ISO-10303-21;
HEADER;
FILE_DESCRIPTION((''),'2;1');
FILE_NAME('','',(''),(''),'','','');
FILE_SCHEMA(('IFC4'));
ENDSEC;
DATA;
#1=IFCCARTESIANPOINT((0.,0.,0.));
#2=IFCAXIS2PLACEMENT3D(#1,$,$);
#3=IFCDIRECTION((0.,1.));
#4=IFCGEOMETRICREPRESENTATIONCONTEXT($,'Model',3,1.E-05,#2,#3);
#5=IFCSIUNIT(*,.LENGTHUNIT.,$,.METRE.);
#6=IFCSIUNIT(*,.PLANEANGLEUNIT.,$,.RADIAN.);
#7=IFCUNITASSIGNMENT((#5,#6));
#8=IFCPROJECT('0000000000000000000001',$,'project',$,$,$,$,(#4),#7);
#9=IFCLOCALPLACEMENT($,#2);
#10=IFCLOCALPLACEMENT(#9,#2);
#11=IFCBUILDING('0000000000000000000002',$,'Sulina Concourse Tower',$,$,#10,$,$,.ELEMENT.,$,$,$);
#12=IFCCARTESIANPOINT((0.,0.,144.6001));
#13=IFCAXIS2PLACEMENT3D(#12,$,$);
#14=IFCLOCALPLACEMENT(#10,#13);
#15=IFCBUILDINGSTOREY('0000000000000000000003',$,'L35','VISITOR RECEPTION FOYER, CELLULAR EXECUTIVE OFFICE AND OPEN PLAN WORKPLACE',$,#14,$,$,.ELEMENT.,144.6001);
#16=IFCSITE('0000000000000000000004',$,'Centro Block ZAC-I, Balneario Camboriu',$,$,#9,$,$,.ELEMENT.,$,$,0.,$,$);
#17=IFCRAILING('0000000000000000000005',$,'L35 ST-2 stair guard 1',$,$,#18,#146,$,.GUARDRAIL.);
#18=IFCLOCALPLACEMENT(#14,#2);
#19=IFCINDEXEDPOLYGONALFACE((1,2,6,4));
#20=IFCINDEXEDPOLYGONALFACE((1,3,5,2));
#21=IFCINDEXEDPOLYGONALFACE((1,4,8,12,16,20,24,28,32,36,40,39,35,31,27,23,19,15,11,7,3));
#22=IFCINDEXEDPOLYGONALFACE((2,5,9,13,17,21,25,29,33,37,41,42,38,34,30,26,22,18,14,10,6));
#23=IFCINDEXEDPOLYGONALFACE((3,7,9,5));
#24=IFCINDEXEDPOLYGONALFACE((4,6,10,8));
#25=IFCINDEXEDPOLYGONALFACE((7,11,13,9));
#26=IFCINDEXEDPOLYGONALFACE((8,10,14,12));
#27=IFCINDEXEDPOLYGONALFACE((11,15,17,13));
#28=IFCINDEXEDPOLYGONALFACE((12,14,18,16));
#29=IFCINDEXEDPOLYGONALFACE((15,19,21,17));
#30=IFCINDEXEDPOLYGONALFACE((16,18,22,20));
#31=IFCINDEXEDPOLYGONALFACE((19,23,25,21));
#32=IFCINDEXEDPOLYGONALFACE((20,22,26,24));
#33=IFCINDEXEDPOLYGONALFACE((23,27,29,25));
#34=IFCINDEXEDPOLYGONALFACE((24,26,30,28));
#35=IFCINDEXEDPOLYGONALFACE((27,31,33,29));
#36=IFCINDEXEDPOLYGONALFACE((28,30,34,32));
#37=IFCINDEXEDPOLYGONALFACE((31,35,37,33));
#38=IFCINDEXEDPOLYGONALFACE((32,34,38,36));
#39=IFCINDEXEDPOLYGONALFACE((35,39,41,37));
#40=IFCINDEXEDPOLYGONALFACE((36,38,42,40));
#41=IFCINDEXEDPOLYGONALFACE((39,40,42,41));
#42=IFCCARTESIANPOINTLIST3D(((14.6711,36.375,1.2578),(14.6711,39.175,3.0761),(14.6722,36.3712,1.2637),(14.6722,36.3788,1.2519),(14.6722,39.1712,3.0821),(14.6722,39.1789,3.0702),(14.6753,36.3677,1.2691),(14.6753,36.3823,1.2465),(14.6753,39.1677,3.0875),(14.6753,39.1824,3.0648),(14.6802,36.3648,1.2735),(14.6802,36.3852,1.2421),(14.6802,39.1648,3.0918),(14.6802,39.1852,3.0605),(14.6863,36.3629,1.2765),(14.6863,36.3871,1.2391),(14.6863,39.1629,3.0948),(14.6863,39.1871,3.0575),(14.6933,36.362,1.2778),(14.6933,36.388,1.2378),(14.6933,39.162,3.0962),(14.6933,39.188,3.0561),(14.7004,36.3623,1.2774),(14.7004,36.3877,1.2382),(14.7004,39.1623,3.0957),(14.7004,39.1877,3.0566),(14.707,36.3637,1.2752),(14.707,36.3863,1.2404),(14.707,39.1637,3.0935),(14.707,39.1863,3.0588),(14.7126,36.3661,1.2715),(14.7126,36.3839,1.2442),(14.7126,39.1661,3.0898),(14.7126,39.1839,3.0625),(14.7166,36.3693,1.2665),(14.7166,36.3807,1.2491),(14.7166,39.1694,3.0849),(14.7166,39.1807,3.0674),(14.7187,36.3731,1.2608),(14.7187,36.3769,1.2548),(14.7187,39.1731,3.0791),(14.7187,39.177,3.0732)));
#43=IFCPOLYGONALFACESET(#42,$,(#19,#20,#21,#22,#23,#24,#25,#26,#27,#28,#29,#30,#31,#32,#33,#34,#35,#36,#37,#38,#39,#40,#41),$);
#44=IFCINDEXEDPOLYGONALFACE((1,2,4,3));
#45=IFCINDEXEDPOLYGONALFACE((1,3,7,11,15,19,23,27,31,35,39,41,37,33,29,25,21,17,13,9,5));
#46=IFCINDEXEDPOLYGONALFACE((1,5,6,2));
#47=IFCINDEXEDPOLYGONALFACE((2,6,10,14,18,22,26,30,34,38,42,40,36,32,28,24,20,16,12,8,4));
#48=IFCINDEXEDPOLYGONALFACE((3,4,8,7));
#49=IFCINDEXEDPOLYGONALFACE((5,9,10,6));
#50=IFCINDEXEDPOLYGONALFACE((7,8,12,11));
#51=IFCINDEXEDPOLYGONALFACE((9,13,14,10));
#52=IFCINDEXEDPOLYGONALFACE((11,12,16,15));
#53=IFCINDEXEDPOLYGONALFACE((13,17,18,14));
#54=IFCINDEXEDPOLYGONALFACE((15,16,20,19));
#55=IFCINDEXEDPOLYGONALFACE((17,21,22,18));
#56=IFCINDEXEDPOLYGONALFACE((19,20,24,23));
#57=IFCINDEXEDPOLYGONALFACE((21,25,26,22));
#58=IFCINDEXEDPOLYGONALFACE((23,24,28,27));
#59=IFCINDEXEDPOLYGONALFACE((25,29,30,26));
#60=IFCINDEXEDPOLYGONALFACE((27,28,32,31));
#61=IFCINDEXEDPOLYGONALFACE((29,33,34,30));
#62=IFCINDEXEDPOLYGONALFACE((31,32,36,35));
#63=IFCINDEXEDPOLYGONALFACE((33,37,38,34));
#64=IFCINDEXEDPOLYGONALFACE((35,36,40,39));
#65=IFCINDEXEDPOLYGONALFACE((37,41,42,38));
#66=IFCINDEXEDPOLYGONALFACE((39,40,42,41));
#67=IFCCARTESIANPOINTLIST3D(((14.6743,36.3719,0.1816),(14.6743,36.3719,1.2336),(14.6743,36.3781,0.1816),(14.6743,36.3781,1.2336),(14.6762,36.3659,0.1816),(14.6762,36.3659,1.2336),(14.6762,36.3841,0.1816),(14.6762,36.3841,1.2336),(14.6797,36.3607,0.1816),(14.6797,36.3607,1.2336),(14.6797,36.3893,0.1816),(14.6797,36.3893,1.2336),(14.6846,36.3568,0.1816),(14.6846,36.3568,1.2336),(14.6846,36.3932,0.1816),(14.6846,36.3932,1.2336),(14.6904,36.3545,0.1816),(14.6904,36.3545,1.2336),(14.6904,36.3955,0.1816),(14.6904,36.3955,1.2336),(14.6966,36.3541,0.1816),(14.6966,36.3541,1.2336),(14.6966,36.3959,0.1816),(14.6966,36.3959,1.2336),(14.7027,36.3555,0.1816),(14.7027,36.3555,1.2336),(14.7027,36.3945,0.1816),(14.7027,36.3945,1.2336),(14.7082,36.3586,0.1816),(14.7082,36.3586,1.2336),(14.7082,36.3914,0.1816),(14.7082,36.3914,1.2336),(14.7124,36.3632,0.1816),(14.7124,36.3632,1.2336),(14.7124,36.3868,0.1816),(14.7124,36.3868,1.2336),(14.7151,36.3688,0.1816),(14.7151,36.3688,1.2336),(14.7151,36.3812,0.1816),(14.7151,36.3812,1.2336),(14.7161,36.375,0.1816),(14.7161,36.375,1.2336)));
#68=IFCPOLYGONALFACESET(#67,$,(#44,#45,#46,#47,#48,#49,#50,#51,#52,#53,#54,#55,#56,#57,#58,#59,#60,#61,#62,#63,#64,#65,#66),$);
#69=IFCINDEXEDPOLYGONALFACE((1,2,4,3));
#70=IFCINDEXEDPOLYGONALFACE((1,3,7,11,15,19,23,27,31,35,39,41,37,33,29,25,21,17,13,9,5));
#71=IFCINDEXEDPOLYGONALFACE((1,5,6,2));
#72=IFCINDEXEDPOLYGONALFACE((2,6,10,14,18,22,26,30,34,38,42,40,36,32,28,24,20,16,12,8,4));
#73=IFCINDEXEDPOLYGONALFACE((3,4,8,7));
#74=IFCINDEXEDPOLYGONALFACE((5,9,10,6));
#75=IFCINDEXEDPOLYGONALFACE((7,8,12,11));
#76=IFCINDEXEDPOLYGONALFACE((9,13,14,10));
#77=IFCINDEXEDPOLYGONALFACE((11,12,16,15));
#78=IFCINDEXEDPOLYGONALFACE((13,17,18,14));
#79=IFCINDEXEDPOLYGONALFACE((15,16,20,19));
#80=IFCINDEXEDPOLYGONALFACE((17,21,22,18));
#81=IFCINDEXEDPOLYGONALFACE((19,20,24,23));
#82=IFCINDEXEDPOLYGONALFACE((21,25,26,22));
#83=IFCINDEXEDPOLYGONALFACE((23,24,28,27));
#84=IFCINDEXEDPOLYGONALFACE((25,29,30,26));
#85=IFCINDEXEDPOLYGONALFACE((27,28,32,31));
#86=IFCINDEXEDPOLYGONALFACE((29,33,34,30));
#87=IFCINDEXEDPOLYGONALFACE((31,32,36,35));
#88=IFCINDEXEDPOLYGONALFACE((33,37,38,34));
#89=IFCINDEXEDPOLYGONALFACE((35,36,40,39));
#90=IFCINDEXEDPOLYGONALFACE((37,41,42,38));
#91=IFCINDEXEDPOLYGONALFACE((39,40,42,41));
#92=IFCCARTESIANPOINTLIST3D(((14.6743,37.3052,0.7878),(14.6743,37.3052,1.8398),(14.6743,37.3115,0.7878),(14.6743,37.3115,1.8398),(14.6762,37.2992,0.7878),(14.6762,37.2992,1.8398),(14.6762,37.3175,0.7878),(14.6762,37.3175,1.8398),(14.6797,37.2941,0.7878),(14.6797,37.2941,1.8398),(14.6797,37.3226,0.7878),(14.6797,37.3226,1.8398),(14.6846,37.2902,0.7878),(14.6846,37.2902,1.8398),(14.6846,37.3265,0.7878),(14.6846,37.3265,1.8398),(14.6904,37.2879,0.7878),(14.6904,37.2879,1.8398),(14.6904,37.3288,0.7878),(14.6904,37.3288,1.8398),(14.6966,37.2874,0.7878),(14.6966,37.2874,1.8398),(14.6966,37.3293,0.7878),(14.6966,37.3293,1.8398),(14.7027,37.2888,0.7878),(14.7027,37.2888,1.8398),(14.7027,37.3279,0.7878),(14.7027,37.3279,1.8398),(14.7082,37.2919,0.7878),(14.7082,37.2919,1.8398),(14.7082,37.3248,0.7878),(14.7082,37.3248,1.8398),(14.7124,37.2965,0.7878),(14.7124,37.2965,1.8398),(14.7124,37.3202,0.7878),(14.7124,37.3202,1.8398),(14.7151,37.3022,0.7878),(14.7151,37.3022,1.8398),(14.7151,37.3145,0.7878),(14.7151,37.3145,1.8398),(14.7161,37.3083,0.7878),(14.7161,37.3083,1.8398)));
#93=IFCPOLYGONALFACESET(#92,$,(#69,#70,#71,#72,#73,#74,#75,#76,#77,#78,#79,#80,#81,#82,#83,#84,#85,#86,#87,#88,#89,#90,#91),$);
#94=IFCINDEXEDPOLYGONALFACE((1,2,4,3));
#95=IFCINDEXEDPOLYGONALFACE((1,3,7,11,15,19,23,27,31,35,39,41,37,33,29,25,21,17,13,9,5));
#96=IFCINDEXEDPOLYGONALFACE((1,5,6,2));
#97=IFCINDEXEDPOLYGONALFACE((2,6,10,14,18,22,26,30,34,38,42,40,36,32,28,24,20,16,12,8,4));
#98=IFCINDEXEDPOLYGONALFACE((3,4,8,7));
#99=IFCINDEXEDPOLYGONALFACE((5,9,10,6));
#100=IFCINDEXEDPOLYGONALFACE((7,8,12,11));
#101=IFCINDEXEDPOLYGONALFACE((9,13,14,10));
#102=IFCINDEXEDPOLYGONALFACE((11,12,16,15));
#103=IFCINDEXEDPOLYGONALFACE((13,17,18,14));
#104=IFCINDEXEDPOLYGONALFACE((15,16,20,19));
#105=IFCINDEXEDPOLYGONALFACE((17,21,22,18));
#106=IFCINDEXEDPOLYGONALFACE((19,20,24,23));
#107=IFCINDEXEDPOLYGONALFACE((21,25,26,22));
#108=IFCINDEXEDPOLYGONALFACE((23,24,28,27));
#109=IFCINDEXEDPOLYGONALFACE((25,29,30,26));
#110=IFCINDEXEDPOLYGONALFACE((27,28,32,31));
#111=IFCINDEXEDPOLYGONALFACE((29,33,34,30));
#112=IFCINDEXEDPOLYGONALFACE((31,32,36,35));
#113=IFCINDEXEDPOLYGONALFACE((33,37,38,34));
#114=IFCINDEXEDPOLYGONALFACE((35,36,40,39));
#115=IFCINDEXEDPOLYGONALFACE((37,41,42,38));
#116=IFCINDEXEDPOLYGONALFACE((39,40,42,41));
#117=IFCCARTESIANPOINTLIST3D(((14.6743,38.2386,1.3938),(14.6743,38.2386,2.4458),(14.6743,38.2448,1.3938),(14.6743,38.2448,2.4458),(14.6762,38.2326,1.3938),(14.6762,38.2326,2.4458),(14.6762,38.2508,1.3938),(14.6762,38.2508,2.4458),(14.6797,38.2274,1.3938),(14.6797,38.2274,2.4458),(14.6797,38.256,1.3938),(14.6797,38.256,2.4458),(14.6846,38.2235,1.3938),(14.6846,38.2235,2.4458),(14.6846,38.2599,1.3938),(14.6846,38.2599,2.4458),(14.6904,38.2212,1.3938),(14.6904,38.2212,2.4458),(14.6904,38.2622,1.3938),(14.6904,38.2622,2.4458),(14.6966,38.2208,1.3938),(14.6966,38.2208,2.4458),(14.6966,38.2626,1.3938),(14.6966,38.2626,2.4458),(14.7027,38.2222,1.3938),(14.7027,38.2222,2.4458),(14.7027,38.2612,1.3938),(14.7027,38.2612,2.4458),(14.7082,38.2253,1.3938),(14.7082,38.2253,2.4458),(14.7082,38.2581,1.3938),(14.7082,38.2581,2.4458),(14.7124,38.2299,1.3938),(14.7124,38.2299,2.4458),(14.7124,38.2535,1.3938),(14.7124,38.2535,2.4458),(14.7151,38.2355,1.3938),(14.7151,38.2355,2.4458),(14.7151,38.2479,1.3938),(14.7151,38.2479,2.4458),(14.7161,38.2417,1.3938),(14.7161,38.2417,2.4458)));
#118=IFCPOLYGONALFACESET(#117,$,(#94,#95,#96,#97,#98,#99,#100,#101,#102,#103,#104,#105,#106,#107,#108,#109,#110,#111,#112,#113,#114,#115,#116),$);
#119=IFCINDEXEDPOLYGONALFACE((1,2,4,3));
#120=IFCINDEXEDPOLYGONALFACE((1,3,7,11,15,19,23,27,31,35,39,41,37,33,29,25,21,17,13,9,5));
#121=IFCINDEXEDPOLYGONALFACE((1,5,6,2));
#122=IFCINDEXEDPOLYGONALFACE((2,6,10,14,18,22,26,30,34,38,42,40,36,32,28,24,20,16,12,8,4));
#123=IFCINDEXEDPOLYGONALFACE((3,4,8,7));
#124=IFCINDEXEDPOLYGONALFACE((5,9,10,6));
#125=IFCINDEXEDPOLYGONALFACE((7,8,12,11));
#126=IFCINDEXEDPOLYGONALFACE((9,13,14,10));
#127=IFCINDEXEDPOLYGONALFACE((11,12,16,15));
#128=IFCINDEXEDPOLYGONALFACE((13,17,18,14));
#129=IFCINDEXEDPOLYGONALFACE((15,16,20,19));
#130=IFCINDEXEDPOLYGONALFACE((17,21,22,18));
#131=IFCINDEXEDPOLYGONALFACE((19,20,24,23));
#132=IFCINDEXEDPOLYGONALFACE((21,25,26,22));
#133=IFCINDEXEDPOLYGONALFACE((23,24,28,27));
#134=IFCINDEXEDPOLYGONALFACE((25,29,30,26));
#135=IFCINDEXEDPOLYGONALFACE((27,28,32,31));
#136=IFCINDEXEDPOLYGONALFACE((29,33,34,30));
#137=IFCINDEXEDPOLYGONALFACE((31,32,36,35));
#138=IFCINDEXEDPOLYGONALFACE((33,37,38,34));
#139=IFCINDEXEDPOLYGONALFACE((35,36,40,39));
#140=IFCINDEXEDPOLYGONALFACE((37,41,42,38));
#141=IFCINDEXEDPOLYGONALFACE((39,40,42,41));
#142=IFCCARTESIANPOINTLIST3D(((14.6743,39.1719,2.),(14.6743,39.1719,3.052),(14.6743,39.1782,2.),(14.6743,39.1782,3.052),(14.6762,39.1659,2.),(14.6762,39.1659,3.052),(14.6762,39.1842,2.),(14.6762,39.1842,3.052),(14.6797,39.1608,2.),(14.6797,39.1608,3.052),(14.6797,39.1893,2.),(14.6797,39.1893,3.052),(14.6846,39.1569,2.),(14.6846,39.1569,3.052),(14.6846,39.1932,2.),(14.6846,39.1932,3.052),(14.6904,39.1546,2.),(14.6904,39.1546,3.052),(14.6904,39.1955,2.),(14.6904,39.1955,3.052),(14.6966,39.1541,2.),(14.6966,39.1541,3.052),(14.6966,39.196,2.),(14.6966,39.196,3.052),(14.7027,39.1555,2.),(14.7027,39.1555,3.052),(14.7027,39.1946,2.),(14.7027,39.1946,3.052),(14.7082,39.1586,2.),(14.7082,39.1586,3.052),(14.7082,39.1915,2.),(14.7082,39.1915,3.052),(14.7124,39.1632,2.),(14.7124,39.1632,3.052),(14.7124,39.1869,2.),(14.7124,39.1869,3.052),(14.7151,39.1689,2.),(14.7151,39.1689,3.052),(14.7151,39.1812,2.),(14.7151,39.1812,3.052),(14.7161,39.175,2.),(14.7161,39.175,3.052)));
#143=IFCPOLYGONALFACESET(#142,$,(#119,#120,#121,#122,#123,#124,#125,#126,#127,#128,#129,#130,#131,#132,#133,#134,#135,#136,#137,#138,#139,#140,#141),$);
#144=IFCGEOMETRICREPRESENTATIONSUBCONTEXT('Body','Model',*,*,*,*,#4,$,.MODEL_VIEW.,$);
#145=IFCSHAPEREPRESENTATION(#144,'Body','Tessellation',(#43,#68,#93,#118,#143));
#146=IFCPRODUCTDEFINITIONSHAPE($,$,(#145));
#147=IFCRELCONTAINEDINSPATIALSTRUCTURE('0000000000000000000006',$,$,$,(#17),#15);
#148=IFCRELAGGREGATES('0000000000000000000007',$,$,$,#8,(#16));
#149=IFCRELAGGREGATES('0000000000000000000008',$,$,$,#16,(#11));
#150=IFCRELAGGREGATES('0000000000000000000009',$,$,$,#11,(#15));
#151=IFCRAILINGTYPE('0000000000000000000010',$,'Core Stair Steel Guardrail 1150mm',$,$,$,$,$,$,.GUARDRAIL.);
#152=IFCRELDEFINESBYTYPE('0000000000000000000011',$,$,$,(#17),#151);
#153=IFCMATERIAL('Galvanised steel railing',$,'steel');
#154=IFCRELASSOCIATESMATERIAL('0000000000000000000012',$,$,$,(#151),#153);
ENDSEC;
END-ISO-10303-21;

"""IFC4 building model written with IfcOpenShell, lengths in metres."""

from ifc_helpers import new_model, si_unit, direction, frame, origin, origin_2d, place, context, subcontext, project, spatial, circle, extrude, material, type_object, element, save


model = new_model("IFC4")

# Units and contexts
model_context = context("Model", 3, precision=1e-05, world=origin(), true_north=direction((0.0, 1.0)))
body_context = subcontext(model_context, "Body", "Model", "MODEL_VIEW")
ifc_project = project(units=[si_unit("LENGTHUNIT", "METRE"), si_unit("PLANEANGLEUNIT", "RADIAN")], contexts=[model_context])

# Site, building, storey
site_placement = place(None, origin())
site = spatial("IfcSite", under=ifc_project, at=site_placement, Name="Centro Block ZAC-I, Balneario Camboriu", CompositionType="ELEMENT", RefElevation=0.0)
building_placement = place(site_placement, origin())
building = spatial("IfcBuilding", under=site, at=building_placement, Name="Sulina Concourse Tower", CompositionType="ELEMENT")
storey_placement = place(building_placement, frame((0.0, 0.0, 144.6001)))
storey = spatial("IfcBuildingStorey", under=building, at=storey_placement, Name="L35", Description="VISITOR RECEPTION FOYER, CELLULAR EXECUTIVE OFFICE AND OPEN PLAN WORKPLACE", CompositionType="ELEMENT", Elevation=144.6001)

# Railing
ifc_material_1 = material(Name="Galvanised steel railing", Category="steel")
railing_type_1 = type_object("IfcRailingType", Name="Core Stair Steel Guardrail 1150mm", PredefinedType="GUARDRAIL", material=ifc_material_1)
railing_1_placement = place(storey_placement, frame((14.6951, 36.375, 0.1816)))
element("IfcRailing", 1, at=railing_1_placement, inside=storey, type_object=railing_type_1, Name="L35 ST-2 stair guard 1", PredefinedType="GUARDRAIL", context=body_context, shape_type="SweptSolid", body=[
    extrude(circle(Radius=0.0239, at=origin_2d()), frame((0.0, 0.0, 1.0762), z_axis=(0.0, 0.838672, 0.544636), x_axis=(-1.0, 0.0, 0.0)), (0.0, 0.0, 1.0), 3.3386),
    extrude(circle(Radius=0.021, at=origin_2d()), origin(), (0.0, 0.0, 1.0), 1.052),
    extrude(circle(Radius=0.021, at=origin_2d()), frame((0.0, 0.9333, 0.6062)), (0.0, 0.0, 1.0), 1.052),
    extrude(circle(Radius=0.021, at=origin_2d()), frame((0.0, 1.8667, 1.2122)), (0.0, 0.0, 1.0), 1.052),
    extrude(circle(Radius=0.021, at=origin_2d()), frame((0.0, 2.8, 1.8184)), (0.0, 0.0, 1.0), 1.052),
])

save(model, "model.ifc")
